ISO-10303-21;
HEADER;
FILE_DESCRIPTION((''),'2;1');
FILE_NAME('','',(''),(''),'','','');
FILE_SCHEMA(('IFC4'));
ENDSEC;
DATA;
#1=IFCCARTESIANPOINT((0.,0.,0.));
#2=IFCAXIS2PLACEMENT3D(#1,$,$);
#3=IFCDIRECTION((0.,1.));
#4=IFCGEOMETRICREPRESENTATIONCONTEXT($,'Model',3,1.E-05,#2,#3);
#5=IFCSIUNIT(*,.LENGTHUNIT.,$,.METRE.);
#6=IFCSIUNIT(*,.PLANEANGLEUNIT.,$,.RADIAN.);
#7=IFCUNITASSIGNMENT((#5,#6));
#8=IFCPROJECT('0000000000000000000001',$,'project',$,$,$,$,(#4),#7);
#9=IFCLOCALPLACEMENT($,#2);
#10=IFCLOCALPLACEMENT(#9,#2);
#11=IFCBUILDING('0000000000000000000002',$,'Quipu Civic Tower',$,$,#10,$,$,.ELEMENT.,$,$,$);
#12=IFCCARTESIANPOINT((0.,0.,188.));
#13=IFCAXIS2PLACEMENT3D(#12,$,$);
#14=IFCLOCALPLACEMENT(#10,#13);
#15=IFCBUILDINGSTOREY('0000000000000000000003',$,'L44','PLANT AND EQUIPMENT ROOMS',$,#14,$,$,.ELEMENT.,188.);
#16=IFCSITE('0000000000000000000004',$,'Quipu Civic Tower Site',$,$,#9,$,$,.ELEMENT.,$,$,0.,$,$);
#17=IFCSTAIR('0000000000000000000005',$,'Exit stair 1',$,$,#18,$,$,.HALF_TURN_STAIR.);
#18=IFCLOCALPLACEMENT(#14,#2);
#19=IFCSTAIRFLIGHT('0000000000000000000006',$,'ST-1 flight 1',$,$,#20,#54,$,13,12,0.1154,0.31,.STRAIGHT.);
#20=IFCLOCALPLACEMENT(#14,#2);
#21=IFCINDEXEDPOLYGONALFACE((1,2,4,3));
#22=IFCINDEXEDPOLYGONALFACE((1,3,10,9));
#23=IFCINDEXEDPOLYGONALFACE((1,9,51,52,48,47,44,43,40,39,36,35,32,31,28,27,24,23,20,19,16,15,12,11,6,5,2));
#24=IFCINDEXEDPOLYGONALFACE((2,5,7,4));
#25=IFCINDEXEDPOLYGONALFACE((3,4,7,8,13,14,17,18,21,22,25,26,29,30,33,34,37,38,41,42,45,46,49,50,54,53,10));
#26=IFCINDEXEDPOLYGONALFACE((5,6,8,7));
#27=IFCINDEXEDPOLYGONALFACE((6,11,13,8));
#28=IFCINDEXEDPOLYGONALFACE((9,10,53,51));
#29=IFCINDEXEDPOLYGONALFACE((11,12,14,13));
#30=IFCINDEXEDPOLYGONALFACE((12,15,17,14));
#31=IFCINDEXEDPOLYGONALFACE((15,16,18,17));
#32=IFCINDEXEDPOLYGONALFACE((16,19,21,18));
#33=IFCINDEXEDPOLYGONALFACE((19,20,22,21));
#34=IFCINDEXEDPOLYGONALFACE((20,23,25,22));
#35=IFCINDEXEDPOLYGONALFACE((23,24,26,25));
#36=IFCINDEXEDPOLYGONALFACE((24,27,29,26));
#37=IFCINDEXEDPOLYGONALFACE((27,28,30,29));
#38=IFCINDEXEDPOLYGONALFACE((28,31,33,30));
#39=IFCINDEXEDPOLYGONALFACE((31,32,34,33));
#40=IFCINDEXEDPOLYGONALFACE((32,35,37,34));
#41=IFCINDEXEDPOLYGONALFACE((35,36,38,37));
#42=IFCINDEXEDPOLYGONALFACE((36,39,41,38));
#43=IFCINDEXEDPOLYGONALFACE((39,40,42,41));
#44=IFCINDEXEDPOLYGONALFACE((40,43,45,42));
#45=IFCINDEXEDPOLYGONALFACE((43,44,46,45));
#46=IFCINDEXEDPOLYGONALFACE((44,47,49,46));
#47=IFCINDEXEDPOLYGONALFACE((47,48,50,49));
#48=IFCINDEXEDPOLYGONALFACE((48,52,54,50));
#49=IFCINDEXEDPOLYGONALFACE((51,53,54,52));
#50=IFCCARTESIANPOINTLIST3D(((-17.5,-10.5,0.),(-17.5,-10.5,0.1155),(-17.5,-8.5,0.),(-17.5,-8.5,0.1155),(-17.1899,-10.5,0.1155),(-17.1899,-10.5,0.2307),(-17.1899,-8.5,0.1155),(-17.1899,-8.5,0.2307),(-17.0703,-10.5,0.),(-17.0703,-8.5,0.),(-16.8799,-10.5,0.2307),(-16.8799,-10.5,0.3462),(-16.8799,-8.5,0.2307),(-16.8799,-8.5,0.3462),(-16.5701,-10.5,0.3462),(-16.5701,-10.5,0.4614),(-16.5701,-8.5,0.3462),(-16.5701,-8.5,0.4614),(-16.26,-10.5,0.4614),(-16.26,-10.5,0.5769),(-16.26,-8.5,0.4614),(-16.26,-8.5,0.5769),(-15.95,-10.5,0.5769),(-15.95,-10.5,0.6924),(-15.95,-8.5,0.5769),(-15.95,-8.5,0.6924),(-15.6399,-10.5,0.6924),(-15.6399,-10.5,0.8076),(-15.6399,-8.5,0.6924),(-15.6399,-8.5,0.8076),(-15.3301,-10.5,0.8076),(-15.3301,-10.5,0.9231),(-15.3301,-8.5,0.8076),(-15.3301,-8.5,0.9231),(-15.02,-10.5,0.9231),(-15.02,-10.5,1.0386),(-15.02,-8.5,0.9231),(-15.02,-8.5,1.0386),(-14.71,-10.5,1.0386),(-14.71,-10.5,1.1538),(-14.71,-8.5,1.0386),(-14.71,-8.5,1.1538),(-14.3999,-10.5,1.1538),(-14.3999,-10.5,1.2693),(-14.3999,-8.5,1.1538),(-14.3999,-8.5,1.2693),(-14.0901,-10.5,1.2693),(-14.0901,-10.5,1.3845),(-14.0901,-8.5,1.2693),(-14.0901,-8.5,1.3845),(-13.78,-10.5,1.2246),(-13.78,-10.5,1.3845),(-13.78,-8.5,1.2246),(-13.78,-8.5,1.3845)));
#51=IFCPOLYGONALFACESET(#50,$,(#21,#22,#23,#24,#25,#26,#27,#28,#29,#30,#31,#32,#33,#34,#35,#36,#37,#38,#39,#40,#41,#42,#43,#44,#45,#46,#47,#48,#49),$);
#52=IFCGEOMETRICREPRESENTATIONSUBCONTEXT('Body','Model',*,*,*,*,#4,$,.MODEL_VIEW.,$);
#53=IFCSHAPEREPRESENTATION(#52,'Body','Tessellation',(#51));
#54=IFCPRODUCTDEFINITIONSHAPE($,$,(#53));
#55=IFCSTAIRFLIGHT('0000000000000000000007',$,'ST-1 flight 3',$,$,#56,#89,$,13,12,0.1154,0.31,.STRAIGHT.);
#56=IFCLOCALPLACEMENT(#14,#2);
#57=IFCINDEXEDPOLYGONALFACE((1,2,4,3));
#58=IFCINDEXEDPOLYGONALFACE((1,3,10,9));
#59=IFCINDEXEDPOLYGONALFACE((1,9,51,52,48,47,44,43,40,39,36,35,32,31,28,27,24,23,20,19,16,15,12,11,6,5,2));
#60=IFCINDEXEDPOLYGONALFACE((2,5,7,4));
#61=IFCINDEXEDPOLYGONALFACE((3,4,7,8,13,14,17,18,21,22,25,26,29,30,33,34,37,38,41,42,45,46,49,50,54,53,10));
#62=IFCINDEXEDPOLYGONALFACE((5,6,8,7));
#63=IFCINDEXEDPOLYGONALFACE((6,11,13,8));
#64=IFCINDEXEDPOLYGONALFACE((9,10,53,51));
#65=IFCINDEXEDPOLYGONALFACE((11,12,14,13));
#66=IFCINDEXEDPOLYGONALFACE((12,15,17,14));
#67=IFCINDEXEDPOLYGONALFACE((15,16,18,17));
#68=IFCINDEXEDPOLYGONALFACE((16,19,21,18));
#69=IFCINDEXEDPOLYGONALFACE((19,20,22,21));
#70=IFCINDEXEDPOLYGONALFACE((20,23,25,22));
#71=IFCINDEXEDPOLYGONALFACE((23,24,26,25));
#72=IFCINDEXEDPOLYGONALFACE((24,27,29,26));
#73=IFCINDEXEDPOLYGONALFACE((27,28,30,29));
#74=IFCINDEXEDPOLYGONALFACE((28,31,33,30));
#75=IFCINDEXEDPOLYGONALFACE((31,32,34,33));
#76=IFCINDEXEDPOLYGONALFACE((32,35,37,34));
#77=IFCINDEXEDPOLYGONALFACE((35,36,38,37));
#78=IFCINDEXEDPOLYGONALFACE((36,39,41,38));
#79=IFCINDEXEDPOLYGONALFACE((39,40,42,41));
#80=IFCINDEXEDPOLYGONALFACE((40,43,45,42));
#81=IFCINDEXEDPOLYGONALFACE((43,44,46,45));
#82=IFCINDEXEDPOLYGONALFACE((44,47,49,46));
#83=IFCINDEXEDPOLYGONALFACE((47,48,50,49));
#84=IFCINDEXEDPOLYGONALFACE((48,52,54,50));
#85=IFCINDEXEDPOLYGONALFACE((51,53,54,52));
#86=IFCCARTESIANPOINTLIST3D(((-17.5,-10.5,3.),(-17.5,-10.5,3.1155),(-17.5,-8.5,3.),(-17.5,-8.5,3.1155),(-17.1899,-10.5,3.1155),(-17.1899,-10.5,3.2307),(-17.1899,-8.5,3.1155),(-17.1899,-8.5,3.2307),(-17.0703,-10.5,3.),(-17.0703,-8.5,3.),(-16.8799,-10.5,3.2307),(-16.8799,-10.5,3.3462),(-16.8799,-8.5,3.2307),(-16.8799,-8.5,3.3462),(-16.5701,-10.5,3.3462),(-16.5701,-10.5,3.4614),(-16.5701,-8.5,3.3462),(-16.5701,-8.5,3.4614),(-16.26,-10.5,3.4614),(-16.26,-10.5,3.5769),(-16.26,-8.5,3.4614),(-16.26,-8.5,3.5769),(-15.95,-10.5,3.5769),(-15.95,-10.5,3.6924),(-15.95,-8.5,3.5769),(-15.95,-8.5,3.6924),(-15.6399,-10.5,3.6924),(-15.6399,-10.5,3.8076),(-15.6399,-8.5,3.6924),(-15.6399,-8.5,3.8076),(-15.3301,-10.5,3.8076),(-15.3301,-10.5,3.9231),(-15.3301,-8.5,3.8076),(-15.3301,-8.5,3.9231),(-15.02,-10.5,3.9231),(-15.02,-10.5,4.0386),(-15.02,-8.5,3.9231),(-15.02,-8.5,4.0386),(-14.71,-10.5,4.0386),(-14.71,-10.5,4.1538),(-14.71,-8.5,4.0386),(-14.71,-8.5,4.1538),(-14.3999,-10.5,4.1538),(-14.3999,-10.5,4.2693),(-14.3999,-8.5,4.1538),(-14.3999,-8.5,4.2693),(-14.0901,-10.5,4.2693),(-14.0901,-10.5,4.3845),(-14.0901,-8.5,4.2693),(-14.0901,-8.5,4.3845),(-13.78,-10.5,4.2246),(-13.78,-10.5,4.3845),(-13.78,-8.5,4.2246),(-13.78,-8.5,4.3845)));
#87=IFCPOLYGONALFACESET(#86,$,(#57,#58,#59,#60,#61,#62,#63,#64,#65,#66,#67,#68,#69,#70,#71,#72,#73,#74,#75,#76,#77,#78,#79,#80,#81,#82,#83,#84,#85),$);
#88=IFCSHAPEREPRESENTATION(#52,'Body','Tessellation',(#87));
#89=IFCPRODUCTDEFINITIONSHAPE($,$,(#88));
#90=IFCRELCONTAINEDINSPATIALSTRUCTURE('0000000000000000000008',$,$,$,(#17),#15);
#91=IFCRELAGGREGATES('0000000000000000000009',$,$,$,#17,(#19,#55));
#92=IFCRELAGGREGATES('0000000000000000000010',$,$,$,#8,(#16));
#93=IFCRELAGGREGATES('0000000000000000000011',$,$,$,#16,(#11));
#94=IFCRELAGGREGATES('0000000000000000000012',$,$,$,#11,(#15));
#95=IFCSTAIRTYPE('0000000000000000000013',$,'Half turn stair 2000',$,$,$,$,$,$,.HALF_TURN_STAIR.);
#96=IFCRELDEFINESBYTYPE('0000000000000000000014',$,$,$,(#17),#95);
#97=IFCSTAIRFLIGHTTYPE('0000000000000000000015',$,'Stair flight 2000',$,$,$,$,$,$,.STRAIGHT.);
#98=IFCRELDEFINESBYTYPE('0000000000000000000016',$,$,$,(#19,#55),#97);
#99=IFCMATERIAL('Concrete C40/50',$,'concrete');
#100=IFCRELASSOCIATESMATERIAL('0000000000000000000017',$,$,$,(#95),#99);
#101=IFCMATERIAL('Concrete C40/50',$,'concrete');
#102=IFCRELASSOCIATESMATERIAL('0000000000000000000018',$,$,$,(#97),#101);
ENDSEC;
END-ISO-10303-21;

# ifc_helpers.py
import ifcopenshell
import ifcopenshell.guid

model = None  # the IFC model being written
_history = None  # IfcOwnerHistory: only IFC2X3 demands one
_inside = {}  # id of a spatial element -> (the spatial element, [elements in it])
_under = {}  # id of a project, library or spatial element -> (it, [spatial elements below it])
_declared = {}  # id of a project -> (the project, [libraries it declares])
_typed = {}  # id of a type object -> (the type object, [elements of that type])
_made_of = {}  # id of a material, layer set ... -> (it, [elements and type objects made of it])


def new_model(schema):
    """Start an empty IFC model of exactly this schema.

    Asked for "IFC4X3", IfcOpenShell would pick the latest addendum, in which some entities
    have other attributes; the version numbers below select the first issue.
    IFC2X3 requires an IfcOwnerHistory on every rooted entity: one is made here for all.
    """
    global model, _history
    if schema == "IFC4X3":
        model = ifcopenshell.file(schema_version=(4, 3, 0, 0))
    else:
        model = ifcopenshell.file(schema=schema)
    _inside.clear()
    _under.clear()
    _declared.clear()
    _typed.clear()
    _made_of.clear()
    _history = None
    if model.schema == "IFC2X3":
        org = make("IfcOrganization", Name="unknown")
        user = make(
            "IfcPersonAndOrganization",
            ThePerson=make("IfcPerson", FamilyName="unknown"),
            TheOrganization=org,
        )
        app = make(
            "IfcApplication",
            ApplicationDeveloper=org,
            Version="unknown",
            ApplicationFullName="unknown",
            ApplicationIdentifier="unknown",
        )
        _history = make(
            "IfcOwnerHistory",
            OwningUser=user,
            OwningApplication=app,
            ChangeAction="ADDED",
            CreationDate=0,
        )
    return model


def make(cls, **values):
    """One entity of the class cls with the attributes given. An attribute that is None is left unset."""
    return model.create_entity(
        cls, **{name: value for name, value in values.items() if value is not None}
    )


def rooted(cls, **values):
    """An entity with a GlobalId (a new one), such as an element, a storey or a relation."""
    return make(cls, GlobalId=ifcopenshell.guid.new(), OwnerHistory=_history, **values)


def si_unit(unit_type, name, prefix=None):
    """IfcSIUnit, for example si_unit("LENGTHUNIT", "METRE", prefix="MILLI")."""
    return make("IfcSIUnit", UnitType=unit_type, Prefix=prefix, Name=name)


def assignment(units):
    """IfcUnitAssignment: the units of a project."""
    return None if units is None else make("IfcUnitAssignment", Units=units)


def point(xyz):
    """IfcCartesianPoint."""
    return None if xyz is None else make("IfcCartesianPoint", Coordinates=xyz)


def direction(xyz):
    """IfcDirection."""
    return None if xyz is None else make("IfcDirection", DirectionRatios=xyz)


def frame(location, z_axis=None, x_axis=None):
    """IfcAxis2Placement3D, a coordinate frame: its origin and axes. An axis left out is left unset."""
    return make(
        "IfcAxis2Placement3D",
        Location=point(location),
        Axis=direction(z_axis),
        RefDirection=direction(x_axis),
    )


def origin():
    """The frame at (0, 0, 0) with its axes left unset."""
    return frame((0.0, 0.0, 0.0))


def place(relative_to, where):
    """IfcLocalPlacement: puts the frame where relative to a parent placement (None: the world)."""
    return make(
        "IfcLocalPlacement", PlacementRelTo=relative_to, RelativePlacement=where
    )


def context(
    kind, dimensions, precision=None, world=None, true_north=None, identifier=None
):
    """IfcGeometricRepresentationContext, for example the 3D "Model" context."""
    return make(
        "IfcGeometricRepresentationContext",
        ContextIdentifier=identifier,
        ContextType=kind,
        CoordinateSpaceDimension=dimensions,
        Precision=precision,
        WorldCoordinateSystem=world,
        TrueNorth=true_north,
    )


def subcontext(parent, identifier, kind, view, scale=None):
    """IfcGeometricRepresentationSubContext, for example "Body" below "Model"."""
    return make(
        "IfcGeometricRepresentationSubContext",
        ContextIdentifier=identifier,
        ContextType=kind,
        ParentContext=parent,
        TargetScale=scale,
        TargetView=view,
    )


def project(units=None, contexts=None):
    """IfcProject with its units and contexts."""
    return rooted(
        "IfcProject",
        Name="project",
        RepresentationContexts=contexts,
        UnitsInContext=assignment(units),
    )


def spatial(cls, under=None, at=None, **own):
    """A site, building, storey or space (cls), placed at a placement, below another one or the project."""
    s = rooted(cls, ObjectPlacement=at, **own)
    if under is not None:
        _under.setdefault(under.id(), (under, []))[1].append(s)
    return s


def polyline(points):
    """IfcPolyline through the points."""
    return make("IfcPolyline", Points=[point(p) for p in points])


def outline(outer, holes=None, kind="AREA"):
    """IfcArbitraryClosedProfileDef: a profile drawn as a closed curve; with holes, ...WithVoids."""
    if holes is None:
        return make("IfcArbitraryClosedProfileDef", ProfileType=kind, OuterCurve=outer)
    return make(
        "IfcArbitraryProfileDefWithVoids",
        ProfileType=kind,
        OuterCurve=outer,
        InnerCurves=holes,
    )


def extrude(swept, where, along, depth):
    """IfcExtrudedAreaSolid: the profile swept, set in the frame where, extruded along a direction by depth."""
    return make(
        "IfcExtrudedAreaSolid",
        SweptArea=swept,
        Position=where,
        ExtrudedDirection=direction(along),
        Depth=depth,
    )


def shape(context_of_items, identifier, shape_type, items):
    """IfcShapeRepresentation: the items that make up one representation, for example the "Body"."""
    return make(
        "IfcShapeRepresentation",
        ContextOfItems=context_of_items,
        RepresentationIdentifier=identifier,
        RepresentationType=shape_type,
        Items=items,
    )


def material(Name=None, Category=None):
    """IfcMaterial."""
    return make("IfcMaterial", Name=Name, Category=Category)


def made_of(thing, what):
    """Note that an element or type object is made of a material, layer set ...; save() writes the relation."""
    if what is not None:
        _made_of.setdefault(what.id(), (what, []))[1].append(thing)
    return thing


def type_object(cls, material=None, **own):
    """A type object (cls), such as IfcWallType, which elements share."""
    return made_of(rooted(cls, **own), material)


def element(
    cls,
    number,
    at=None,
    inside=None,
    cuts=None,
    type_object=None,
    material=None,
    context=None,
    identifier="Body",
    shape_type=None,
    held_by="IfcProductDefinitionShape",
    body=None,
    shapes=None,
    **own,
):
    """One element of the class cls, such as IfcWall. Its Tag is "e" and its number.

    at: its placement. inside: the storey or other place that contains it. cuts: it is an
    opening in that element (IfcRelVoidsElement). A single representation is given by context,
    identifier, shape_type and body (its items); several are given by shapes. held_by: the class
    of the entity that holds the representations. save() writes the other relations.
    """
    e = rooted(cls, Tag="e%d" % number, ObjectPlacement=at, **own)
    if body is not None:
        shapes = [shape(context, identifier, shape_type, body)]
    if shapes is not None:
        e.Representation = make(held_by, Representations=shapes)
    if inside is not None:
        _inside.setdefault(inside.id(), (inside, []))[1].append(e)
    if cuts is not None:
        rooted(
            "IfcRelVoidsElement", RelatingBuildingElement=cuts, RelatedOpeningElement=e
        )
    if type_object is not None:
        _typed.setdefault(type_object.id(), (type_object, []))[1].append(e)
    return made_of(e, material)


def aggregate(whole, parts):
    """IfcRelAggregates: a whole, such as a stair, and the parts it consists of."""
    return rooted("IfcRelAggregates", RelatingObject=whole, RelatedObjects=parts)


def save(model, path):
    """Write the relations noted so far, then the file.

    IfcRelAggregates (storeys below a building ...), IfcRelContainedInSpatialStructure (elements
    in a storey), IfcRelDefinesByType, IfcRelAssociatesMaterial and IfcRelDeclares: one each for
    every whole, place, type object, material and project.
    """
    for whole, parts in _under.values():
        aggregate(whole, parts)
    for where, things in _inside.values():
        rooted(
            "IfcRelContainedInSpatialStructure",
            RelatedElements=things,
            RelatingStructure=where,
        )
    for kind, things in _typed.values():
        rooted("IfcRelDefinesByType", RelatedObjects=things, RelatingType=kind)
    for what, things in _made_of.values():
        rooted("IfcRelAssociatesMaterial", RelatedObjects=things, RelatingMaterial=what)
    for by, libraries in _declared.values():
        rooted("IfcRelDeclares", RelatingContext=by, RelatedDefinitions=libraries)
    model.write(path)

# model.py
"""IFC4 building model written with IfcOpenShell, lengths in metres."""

from ifc_helpers import new_model, si_unit, direction, frame, origin, place, context, subcontext, project, spatial, polyline, outline, extrude, material, type_object, element, aggregate, save


model = new_model("IFC4")

# Units and contexts
model_context = context("Model", 3, precision=1e-05, world=origin(), true_north=direction((0.0, 1.0)))
body_context = subcontext(model_context, "Body", "Model", "MODEL_VIEW")
ifc_project = project(units=[si_unit("LENGTHUNIT", "METRE"), si_unit("PLANEANGLEUNIT", "RADIAN")], contexts=[model_context])

# Site, building, storey
site_placement = place(None, origin())
site = spatial("IfcSite", under=ifc_project, at=site_placement, Name="Quipu Civic Tower Site", CompositionType="ELEMENT", RefElevation=0.0)
building_placement = place(site_placement, origin())
building = spatial("IfcBuilding", under=site, at=building_placement, Name="Quipu Civic Tower", CompositionType="ELEMENT")
storey_placement = place(building_placement, frame((0.0, 0.0, 188.0)))
storey = spatial("IfcBuildingStorey", under=building, at=storey_placement, Name="L44", Description="PLANT AND EQUIPMENT ROOMS", CompositionType="ELEMENT", Elevation=188.0)

# Stair, stair flights
ifc_material_1 = material(Name="Concrete C40/50", Category="concrete")
stair_type = type_object("IfcStairType", Name="Half turn stair 2000", PredefinedType="HALF_TURN_STAIR", material=ifc_material_1)
stair_placement = place(storey_placement, origin())
stair = element("IfcStair", 1, at=stair_placement, inside=storey, type_object=stair_type, Name="Exit stair 1", PredefinedType="HALF_TURN_STAIR")
ifc_material_2 = material(Name="Concrete C40/50", Category="concrete")
stair_flight_type = type_object("IfcStairFlightType", Name="Stair flight 2000", PredefinedType="STRAIGHT", material=ifc_material_2)
stair_flight_1_placement = place(storey_placement, frame((-17.5, -9.5, 0.0), z_axis=(0.0, 0.0, 1.0), x_axis=(1.0, 0.0, 0.0)))
stair_flight_1 = element("IfcStairFlight", 2, at=stair_flight_1_placement, type_object=stair_flight_type, Name="ST-1 flight 1", NumberOfRisers=13, NumberOfTreads=12, PredefinedType="STRAIGHT", RiserHeight=0.1154, TreadLength=0.31, context=body_context, shape_type="SweptSolid", body=[
    extrude(outline(polyline([(0.0, 0.0), (0.0, 0.1155), (0.3101, 0.1155), (0.3101, 0.2307), (0.6201, 0.2307), (0.6201, 0.3462), (0.9299, 0.3462), (0.9299, 0.4614), (1.24, 0.4614), (1.24, 0.5769), (1.55, 0.5769), (1.55, 0.6924), (1.8601, 0.6924), (1.8601, 0.8076), (2.1699, 0.8076), (2.1699, 0.9231), (2.48, 0.9231), (2.48, 1.0386), (2.79, 1.0386), (2.79, 1.1538), (3.1001, 1.1538), (3.1001, 1.2693), (3.4099, 1.2693), (3.4099, 1.3845), (3.72, 1.3845), (3.72, 1.5), (3.72, 1.2246), (0.4297, 0.0), (0.0, 0.0)])), frame((0.0, 1.0, 0.0), z_axis=(0.0, -1.0, 0.0), x_axis=(1.0, 0.0, 0.0)), (0.0, 0.0, 1.0), 2.0),
])
stair_flight_2_placement = place(storey_placement, frame((-17.5, -9.5, 3.0), z_axis=(0.0, 0.0, 1.0), x_axis=(1.0, 0.0, 0.0)))
stair_flight_2 = element("IfcStairFlight", 3, at=stair_flight_2_placement, type_object=stair_flight_type, Name="ST-1 flight 3", NumberOfRisers=13, NumberOfTreads=12, PredefinedType="STRAIGHT", RiserHeight=0.1154, TreadLength=0.31, context=body_context, shape_type="SweptSolid", body=[
    extrude(outline(polyline([(0.0, 0.0), (0.0, 0.1155), (0.3101, 0.1155), (0.3101, 0.2307), (0.6201, 0.2307), (0.6201, 0.3462), (0.9299, 0.3462), (0.9299, 0.4614), (1.24, 0.4614), (1.24, 0.5769), (1.55, 0.5769), (1.55, 0.6924), (1.8601, 0.6924), (1.8601, 0.8076), (2.1699, 0.8076), (2.1699, 0.9231), (2.48, 0.9231), (2.48, 1.0386), (2.79, 1.0386), (2.79, 1.1538), (3.1001, 1.1538), (3.1001, 1.2693), (3.4099, 1.2693), (3.4099, 1.3845), (3.72, 1.3845), (3.72, 1.5), (3.72, 1.2246), (0.4297, 0.0), (0.0, 0.0)])), frame((0.0, 1.0, 0.0), z_axis=(0.0, -1.0, 0.0), x_axis=(1.0, 0.0, 0.0)), (0.0, 0.0, 1.0), 2.0),
])
aggregate(stair, [stair_flight_1, stair_flight_2])

save(model, "model.ifc")
